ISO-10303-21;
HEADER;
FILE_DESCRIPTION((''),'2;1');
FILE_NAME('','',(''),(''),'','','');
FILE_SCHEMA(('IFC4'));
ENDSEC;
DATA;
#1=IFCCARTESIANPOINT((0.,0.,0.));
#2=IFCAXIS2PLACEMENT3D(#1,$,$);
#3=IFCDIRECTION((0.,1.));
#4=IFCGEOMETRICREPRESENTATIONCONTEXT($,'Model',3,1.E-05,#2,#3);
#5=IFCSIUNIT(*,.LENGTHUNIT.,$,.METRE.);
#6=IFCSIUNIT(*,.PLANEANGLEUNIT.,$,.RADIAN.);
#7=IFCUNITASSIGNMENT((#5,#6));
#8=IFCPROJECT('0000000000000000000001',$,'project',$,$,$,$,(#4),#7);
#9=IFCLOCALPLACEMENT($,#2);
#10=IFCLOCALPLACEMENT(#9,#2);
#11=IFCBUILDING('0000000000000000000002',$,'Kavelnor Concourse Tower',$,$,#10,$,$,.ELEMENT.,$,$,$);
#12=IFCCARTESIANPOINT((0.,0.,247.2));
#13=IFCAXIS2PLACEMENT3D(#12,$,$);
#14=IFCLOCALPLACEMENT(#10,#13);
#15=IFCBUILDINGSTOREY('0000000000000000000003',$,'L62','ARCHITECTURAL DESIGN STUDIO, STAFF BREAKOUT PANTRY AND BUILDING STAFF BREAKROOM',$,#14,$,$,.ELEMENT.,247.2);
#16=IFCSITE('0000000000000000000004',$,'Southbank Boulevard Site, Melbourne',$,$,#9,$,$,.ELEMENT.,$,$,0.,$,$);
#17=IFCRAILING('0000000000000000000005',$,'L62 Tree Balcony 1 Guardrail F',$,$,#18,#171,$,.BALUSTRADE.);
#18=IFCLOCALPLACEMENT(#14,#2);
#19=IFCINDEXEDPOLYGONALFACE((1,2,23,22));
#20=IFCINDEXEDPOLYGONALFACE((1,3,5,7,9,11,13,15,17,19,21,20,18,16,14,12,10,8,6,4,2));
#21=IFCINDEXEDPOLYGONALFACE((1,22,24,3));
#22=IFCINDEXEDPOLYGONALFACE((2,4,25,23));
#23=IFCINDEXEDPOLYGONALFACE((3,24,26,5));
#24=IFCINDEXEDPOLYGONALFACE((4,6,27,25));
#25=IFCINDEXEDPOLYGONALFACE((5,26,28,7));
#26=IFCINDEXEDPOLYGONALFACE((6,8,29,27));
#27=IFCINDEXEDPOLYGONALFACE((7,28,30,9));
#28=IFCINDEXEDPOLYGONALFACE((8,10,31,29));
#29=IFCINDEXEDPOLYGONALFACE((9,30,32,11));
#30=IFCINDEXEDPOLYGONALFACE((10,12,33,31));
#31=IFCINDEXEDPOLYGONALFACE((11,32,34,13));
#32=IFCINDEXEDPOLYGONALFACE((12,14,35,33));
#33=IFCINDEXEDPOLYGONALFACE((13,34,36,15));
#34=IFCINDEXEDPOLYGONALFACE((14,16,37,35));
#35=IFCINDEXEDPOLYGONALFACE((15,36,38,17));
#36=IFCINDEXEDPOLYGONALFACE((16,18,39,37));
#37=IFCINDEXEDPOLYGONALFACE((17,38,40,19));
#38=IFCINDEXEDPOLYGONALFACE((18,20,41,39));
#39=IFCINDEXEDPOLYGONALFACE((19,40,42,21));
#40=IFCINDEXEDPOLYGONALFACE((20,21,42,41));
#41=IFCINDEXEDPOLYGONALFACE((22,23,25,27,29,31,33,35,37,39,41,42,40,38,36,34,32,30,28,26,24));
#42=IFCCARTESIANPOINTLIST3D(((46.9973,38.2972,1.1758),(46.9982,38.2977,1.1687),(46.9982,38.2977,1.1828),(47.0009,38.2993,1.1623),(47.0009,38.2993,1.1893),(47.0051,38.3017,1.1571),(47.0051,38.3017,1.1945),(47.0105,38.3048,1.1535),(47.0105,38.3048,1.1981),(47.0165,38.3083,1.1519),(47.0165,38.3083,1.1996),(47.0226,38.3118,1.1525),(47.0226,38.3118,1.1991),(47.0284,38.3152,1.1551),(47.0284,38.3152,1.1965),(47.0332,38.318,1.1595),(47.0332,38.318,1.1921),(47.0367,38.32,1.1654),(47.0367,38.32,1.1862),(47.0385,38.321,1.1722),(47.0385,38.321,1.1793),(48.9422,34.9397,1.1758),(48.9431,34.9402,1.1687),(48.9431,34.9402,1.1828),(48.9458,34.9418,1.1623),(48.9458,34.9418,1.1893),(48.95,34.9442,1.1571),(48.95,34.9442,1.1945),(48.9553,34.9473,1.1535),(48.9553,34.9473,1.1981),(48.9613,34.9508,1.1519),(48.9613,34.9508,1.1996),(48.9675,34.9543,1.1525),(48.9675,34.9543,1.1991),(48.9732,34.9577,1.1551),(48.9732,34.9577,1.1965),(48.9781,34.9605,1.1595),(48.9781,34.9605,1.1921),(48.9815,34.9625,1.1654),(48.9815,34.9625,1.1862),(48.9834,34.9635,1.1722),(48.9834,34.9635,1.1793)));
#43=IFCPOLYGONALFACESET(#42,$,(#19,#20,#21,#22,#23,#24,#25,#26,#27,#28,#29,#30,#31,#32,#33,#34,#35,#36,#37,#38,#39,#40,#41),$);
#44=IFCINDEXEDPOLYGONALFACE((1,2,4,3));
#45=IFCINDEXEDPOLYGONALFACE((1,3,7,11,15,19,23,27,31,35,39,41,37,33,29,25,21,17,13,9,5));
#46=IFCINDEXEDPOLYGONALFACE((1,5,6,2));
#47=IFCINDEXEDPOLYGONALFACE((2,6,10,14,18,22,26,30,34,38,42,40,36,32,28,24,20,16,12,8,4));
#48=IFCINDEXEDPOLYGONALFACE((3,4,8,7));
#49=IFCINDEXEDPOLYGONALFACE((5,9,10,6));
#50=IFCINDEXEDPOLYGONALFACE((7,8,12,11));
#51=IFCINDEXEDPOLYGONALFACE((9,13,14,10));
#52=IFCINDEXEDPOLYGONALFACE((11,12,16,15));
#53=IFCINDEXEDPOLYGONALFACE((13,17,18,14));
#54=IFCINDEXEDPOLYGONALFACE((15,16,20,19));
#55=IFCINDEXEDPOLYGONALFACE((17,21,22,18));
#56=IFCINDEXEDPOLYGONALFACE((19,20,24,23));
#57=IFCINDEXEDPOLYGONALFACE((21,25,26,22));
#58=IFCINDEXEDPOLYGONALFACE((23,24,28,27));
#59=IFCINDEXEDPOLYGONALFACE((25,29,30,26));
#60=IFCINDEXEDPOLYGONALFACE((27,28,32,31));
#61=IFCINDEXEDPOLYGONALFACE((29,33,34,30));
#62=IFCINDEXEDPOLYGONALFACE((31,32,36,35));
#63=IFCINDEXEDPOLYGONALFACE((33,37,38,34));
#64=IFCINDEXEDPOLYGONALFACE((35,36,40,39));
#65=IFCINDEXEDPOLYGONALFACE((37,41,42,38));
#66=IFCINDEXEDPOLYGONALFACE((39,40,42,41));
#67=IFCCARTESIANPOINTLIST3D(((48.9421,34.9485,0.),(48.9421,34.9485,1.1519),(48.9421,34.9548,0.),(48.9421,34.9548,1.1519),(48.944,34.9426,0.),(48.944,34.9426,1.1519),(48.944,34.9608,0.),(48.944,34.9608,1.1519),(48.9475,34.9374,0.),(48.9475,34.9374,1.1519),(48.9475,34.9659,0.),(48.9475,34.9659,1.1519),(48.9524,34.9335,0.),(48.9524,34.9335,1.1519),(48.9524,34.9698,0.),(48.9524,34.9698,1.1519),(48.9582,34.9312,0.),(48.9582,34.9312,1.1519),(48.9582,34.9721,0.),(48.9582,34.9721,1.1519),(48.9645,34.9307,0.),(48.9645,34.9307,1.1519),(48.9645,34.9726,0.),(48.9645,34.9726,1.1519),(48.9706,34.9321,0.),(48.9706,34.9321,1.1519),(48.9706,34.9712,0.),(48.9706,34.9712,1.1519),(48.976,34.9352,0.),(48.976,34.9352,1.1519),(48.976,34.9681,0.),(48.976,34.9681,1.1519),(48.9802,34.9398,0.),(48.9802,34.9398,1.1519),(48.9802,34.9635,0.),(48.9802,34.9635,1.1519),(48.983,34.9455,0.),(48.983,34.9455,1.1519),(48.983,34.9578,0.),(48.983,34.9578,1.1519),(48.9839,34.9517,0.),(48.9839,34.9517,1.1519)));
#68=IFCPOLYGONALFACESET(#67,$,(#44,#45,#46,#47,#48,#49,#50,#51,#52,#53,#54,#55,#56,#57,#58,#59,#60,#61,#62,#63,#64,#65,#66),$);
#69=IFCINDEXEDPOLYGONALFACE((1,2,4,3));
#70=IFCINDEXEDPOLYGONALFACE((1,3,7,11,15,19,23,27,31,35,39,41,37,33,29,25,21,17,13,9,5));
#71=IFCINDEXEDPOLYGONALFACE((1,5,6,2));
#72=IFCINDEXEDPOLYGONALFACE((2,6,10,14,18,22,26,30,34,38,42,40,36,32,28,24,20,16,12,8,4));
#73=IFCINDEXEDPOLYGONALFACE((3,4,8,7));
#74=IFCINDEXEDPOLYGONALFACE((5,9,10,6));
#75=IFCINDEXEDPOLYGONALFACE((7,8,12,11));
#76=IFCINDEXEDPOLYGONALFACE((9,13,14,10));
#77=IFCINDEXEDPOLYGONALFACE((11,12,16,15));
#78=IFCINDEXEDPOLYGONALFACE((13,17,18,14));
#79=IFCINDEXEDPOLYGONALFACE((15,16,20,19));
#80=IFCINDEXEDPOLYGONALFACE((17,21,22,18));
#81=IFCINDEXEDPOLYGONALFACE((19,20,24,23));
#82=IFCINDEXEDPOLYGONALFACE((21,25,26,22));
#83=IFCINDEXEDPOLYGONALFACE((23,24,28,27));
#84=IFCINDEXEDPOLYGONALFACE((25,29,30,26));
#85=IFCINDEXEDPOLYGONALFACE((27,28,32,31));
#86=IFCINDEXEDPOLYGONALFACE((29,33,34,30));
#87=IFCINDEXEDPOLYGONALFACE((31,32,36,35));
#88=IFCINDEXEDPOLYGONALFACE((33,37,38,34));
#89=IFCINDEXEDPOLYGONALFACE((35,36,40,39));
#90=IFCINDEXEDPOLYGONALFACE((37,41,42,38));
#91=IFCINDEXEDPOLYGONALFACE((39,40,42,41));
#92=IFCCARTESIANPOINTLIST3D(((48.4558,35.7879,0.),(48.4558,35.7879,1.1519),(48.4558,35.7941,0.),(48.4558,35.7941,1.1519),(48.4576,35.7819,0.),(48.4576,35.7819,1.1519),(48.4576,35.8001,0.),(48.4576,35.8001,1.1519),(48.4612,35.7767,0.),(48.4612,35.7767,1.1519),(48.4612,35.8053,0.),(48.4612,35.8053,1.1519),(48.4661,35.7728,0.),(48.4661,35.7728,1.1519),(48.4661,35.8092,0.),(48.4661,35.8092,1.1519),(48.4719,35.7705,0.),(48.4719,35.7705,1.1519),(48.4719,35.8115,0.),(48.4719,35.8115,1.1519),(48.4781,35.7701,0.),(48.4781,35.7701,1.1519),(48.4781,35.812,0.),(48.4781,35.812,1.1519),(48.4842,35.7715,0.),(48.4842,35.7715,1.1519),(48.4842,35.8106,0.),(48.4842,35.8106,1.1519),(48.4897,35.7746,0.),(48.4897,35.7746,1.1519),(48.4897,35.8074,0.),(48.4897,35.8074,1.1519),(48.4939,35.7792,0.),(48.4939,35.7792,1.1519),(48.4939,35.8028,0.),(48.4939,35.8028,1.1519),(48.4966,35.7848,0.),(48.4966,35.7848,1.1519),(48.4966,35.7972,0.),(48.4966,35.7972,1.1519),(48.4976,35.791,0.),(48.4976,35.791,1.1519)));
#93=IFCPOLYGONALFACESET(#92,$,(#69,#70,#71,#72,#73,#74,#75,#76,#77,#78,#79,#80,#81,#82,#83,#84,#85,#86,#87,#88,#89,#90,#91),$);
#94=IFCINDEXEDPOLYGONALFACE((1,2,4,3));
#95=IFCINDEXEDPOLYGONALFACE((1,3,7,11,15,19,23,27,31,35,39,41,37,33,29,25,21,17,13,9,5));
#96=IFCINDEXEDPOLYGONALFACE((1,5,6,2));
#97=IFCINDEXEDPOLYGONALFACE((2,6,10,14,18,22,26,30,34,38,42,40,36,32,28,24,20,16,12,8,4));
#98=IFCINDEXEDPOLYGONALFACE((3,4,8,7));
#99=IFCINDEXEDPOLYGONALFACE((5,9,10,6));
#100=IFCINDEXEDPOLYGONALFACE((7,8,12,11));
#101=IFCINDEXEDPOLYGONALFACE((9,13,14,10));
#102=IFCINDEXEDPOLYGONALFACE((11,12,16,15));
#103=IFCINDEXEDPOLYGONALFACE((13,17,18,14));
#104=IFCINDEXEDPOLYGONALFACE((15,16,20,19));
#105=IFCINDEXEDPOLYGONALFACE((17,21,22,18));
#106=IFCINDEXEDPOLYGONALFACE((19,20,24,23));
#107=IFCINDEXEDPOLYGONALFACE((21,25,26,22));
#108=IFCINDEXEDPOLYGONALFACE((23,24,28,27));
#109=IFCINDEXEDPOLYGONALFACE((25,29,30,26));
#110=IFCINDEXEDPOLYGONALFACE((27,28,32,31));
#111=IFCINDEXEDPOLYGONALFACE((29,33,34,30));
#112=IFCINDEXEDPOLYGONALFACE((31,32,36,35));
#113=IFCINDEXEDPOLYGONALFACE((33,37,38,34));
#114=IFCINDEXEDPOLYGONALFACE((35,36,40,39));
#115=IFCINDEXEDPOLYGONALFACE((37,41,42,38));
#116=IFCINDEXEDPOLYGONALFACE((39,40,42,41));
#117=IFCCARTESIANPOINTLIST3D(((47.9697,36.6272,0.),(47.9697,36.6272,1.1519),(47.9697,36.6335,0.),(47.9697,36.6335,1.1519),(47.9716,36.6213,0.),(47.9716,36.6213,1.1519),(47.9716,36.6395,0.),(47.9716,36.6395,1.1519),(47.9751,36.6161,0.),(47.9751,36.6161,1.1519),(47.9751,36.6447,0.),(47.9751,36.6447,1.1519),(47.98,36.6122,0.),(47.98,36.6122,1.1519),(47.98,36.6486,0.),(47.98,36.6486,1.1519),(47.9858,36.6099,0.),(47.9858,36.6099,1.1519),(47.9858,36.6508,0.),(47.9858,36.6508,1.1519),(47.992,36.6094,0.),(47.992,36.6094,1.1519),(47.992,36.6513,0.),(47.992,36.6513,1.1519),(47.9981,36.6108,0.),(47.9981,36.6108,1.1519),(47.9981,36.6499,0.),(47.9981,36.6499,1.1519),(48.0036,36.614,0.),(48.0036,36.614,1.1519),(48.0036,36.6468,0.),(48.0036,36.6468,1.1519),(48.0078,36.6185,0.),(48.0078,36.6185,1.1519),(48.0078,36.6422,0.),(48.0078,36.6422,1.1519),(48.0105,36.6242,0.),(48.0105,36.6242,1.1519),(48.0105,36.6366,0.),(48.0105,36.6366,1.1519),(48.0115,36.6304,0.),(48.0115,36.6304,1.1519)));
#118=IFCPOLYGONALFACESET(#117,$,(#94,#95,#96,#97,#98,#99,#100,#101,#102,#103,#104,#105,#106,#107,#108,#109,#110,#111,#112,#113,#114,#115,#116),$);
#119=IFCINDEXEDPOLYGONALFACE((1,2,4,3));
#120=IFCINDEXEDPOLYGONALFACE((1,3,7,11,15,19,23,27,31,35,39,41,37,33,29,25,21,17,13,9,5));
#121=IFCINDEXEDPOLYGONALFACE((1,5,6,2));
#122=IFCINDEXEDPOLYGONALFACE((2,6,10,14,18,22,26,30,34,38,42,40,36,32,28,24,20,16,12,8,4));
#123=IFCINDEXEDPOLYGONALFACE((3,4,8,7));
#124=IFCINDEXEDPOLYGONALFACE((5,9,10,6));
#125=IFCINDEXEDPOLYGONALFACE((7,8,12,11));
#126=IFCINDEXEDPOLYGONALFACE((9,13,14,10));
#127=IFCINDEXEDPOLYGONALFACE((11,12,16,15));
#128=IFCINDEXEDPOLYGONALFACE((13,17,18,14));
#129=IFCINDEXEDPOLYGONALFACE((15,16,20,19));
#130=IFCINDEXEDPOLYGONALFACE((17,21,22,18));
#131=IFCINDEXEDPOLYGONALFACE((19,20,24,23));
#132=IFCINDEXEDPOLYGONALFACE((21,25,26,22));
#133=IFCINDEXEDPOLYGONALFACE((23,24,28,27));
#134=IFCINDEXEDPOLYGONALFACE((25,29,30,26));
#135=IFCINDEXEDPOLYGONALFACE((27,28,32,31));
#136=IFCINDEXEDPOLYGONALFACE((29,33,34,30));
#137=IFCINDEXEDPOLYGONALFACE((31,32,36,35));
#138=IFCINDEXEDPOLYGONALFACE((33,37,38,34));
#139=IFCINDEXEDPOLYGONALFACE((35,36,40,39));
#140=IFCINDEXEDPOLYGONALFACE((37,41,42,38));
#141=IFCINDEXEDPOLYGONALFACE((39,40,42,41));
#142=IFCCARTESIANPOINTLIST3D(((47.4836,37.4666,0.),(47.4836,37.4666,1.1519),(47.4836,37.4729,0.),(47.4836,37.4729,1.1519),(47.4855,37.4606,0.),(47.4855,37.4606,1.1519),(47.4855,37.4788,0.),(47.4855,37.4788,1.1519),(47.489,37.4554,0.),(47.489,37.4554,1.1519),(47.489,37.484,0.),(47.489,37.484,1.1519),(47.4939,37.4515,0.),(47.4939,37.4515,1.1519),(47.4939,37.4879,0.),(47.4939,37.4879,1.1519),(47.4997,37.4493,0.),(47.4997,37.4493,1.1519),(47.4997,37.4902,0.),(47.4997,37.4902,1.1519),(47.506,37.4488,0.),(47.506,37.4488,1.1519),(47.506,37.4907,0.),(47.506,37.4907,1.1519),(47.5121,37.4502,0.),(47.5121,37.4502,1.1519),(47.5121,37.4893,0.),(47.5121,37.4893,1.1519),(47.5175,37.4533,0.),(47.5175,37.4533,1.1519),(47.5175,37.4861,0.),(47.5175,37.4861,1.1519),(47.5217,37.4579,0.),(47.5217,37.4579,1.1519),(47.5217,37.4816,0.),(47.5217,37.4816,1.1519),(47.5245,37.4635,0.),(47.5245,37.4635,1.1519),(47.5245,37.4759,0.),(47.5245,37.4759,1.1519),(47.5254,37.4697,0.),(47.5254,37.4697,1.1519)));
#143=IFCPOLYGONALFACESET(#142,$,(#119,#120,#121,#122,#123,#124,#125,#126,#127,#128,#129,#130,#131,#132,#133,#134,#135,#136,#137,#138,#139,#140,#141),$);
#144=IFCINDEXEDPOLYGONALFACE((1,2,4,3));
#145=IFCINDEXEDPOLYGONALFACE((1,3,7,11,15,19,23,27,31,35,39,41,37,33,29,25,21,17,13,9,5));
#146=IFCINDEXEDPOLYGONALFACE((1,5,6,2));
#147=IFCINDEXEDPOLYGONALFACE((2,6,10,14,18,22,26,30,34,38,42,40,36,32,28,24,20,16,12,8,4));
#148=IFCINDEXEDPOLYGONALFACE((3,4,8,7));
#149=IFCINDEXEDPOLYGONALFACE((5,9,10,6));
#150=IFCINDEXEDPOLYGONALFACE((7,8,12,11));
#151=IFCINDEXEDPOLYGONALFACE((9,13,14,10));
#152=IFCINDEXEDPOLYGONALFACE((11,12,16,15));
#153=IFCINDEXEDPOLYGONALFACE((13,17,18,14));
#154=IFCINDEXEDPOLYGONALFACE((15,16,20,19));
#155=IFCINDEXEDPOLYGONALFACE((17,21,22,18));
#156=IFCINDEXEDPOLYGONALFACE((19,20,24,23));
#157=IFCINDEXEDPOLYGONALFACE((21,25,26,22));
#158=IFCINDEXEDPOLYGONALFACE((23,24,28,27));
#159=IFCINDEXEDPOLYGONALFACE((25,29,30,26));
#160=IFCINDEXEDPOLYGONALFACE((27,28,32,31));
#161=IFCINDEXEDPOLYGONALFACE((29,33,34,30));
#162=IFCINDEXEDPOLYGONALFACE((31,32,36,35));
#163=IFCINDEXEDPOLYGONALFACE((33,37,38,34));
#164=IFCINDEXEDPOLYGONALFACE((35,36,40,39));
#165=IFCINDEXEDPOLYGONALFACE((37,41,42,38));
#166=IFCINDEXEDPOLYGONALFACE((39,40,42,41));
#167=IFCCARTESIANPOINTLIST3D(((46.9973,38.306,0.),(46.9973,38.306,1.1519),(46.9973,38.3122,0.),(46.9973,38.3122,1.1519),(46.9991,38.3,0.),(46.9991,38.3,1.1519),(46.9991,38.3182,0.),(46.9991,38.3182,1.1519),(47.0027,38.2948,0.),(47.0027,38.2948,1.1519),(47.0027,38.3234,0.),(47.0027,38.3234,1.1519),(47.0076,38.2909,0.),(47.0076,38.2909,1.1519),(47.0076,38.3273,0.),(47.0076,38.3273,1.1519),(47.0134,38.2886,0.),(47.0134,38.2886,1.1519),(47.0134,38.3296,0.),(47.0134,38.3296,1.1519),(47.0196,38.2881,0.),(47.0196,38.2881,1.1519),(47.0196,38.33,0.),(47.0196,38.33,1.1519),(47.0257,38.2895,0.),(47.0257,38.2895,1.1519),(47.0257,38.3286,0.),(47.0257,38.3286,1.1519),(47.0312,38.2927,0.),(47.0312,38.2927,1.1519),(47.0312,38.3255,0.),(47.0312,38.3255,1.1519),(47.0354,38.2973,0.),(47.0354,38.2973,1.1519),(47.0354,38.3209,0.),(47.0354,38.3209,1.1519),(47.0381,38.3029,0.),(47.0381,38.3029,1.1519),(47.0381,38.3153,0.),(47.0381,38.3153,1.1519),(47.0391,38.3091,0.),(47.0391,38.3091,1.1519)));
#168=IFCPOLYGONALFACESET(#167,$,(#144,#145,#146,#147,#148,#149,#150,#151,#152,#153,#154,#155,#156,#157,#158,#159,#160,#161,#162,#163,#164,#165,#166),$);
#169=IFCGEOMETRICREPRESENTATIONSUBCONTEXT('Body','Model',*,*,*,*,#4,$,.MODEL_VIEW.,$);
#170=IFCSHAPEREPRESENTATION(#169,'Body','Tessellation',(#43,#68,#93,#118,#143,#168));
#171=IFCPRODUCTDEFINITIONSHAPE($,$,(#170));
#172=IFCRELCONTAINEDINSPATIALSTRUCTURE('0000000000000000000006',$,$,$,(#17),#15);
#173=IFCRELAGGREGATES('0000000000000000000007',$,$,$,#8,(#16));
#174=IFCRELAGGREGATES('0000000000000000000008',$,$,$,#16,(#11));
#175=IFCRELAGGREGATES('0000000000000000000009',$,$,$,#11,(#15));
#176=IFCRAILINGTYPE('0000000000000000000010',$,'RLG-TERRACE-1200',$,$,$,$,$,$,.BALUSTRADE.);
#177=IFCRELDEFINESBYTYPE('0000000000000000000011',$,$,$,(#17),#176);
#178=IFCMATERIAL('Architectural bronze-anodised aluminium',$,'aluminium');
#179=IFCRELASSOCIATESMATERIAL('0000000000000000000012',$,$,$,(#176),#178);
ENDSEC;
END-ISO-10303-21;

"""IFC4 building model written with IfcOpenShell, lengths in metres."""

from ifc_helpers import new_model, si_unit, direction, frame, origin, origin_2d, place, context, subcontext, project, spatial, circle, extrude, material, type_object, element, save


model = new_model("IFC4")

# Units and contexts
model_context = context("Model", 3, precision=1e-05, world=origin(), true_north=direction((0.0, 1.0)))
body_context = subcontext(model_context, "Body", "Model", "MODEL_VIEW")
ifc_project = project(units=[si_unit("LENGTHUNIT", "METRE"), si_unit("PLANEANGLEUNIT", "RADIAN")], contexts=[model_context])

# Site, building, storey
site_placement = place(None, origin())
site = spatial("IfcSite", under=ifc_project, at=site_placement, Name="Southbank Boulevard Site, Melbourne", CompositionType="ELEMENT", RefElevation=0.0)
building_placement = place(site_placement, origin())
building = spatial("IfcBuilding", under=site, at=building_placement, Name="Kavelnor Concourse Tower", CompositionType="ELEMENT")
storey_placement = place(building_placement, frame((0.0, 0.0, 247.2)))
storey = spatial("IfcBuildingStorey", under=building, at=storey_placement, Name="L62", Description="ARCHITECTURAL DESIGN STUDIO, STAFF BREAKOUT PANTRY AND BUILDING STAFF BREAKROOM", CompositionType="ELEMENT", Elevation=247.2)

# Railing
ifc_material_1 = material(Name="Architectural bronze-anodised aluminium", Category="aluminium")
railing_type = type_object("IfcRailingType", Name="RLG-TERRACE-1200", PredefinedType="BALUSTRADE", material=ifc_material_1)
railing_1_placement = place(storey_placement, frame((48.9629, 34.9517, 0.0)))
element("IfcRailing", 1, at=railing_1_placement, inside=storey, type_object=railing_type, Name="L62 Tree Balcony 1 Guardrail F", PredefinedType="BALUSTRADE", context=body_context, shape_type="SweptSolid", body=[
    extrude(circle(Radius=0.0239, at=origin_2d()), frame((0.0, 0.0, 1.1758), z_axis=(-0.50124, 0.865309, 0.0), x_axis=(-0.865309, -0.50124, 0.0)), (0.0, 0.0, 1.0), 3.8801),
    extrude(circle(Radius=0.021, at=origin_2d()), origin(), (0.0, 0.0, 1.0), 1.1519),
    extrude(circle(Radius=0.021, at=origin_2d()), frame((-0.4863, 0.8394, 0.0)), (0.0, 0.0, 1.0), 1.1519),
    extrude(circle(Radius=0.021, at=origin_2d()), frame((-0.9724, 1.6787, 0.0)), (0.0, 0.0, 1.0), 1.1519),
    extrude(circle(Radius=0.021, at=origin_2d()), frame((-1.4585, 2.5181, 0.0)), (0.0, 0.0, 1.0), 1.1519),
    extrude(circle(Radius=0.021, at=origin_2d()), frame((-1.9448, 3.3574, 0.0)), (0.0, 0.0, 1.0), 1.1519),
])

save(model, "model.ifc")
